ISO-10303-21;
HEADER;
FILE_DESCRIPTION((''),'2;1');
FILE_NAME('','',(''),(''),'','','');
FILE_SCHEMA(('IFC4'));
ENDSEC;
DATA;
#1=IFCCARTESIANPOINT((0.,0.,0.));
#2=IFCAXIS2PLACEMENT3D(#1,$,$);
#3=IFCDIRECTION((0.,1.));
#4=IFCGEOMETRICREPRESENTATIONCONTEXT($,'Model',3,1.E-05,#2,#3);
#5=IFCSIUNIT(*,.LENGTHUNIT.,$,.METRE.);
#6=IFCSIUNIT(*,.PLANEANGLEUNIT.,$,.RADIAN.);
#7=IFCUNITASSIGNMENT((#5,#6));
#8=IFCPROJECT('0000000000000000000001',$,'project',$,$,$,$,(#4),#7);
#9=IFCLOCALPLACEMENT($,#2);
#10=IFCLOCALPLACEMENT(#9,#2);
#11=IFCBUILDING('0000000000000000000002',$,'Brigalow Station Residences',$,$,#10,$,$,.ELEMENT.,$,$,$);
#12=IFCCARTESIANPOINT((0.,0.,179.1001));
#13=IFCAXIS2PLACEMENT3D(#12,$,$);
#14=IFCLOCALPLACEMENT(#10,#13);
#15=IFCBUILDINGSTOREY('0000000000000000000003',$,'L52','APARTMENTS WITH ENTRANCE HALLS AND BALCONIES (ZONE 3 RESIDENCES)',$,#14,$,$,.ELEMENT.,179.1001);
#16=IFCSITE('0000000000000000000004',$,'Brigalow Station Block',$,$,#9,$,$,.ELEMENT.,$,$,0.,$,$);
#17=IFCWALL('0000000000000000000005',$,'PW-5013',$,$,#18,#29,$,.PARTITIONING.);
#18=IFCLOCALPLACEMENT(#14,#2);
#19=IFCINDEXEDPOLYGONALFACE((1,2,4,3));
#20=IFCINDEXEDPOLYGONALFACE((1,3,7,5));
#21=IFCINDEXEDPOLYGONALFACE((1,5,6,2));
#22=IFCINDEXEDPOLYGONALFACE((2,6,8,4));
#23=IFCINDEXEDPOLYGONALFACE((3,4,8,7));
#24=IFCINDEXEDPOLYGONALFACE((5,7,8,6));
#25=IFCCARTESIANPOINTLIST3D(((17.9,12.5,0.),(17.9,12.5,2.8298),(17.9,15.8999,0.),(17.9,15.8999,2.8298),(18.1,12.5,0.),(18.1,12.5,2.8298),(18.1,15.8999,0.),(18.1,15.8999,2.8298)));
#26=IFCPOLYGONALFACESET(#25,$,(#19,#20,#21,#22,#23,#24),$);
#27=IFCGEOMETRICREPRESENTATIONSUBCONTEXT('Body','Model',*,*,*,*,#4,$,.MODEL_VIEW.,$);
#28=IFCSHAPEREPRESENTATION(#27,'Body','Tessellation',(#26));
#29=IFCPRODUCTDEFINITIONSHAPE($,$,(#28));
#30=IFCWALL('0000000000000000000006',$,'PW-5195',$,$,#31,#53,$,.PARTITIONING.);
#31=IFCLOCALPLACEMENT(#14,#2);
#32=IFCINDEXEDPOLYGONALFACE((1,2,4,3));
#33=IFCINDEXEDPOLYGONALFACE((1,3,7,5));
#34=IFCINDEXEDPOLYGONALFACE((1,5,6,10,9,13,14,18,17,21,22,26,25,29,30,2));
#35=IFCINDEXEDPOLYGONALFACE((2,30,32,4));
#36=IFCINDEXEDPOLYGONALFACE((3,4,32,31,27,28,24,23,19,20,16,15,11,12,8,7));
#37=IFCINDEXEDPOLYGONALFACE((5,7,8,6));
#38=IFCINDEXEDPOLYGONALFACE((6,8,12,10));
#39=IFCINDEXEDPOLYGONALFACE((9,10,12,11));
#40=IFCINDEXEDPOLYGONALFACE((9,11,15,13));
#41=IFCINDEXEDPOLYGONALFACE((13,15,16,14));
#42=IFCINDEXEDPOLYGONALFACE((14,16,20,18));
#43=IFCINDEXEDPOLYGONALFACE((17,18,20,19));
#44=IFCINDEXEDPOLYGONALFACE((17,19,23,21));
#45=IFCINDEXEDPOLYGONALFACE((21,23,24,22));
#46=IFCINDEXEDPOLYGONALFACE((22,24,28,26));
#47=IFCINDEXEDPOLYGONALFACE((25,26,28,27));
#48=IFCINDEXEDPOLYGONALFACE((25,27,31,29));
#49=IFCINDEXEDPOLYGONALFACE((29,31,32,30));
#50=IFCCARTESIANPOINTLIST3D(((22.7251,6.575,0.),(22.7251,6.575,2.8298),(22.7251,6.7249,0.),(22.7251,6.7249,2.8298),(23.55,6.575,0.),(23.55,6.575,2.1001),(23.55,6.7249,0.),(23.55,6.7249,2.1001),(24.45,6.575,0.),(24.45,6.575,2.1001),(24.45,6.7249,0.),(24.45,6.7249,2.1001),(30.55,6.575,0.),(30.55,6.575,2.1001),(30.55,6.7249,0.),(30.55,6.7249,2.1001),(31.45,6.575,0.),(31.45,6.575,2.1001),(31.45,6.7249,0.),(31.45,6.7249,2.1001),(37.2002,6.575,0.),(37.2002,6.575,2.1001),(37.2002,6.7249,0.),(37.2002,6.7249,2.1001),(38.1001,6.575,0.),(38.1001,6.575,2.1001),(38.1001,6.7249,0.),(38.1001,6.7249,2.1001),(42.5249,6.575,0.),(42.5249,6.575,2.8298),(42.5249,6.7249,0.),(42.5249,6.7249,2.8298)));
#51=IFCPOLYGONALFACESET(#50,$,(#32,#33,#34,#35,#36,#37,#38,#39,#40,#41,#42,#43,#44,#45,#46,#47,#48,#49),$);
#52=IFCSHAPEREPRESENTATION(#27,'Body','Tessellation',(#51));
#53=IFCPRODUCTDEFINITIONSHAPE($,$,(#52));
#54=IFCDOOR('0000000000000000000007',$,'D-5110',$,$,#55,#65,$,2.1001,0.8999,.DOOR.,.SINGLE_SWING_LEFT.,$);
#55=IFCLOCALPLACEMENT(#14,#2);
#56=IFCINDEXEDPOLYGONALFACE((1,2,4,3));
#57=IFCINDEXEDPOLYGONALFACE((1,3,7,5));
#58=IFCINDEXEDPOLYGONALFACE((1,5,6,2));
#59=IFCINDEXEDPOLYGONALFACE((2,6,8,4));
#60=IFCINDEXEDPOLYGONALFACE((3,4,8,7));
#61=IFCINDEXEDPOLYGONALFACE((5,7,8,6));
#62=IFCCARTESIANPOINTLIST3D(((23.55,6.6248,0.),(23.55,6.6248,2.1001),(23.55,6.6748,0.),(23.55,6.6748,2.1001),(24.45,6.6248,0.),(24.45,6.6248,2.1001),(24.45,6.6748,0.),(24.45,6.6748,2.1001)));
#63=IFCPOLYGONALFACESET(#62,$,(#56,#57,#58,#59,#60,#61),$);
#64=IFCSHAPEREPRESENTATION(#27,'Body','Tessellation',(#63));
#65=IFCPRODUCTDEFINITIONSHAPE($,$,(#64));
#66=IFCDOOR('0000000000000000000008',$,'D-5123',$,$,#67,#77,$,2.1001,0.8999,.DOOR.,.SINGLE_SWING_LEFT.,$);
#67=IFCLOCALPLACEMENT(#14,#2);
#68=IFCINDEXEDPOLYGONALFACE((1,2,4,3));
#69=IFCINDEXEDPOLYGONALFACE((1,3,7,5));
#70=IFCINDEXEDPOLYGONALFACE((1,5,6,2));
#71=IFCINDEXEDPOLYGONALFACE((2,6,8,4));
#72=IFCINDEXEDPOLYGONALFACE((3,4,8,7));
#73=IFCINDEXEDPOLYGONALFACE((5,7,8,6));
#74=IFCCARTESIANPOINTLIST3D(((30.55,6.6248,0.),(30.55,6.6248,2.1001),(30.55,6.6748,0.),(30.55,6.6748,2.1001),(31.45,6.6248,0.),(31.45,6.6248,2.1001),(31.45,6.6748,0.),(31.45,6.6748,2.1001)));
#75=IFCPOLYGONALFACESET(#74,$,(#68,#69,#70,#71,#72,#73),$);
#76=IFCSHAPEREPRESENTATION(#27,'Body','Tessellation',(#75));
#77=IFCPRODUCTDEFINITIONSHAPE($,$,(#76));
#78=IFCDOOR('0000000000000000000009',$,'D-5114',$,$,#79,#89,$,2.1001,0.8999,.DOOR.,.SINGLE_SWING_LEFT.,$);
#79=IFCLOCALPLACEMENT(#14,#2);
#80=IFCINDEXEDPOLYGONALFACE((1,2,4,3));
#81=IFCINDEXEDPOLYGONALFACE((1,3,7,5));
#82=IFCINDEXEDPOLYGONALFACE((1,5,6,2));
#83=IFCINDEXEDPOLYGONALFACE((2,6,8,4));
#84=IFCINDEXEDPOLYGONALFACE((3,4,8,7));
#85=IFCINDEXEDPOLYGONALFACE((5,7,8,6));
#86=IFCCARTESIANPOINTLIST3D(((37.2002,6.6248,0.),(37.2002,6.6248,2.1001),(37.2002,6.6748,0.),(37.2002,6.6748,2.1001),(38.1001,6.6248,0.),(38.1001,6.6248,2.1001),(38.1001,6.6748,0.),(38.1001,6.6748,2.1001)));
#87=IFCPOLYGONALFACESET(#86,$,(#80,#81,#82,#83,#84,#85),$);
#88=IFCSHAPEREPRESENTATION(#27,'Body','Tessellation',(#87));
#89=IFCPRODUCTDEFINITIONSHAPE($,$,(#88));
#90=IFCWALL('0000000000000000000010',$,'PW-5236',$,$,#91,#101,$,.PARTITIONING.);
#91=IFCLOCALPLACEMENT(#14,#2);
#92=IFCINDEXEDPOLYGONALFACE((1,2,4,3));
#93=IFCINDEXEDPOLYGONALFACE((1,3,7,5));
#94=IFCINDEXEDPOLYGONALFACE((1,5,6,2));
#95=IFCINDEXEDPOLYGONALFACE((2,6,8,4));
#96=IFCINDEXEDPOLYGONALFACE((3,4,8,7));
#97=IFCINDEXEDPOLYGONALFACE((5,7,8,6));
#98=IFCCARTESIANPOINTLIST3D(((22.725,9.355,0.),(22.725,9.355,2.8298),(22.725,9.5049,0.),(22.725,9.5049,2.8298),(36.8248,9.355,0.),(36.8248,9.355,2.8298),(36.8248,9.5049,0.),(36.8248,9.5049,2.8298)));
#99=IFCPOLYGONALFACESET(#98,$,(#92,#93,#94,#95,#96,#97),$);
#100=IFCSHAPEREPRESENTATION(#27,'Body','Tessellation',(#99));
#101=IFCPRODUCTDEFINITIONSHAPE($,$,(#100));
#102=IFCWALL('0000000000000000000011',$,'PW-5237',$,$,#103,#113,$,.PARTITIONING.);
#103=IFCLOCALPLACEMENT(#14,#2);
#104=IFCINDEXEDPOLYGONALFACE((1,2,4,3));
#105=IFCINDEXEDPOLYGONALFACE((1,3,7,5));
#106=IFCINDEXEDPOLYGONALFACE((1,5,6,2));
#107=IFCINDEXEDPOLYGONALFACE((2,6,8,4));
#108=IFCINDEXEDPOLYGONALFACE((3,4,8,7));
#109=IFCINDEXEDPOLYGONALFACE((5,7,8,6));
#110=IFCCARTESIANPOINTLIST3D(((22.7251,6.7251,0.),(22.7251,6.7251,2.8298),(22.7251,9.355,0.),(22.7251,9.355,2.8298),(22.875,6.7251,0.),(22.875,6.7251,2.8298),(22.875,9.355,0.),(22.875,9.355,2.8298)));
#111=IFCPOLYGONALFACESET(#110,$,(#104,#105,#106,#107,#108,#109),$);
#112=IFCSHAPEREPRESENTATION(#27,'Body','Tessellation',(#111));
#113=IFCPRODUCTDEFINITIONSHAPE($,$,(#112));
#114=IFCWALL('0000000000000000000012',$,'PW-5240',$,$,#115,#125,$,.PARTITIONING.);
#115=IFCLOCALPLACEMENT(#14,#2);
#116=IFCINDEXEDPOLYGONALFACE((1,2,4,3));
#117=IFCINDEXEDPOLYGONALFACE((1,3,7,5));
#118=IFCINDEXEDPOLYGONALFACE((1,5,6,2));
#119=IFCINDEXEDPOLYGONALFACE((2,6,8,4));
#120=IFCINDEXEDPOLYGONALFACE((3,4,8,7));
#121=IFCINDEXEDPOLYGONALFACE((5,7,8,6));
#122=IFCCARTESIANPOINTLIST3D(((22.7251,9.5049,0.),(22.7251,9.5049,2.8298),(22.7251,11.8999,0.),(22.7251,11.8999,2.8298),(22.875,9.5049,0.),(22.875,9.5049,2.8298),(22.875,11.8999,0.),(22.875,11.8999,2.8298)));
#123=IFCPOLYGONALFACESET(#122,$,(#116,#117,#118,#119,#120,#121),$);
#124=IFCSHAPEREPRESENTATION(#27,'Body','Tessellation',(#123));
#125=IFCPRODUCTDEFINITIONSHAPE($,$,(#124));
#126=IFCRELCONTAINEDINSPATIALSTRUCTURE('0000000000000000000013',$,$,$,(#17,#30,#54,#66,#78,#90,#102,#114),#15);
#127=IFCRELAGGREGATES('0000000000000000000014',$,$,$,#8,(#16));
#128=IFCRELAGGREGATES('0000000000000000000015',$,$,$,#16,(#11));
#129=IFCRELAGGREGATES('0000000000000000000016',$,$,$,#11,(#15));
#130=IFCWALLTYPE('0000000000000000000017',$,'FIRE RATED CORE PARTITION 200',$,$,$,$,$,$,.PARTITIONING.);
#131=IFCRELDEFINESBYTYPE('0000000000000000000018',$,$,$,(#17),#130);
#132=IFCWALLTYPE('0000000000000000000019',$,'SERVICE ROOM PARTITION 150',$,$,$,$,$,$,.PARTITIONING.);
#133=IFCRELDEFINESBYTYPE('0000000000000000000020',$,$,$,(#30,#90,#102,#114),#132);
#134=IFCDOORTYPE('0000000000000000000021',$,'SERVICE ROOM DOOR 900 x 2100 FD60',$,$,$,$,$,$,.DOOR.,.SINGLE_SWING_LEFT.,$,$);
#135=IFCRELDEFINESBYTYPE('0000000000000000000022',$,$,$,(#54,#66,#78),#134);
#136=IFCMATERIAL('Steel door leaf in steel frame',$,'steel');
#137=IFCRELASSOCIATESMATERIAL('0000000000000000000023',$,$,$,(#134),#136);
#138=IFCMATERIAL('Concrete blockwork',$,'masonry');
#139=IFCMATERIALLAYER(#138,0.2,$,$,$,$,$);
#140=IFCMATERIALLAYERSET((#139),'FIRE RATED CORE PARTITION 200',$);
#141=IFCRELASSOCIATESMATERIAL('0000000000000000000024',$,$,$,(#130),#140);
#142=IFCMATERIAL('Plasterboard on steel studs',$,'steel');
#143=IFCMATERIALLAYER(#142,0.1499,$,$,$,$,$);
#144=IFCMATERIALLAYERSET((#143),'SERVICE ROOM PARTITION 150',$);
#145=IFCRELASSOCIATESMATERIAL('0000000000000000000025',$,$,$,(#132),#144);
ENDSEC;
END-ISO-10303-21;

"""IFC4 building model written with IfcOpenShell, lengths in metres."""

from ifc_helpers import new_model, si_unit, direction, frame, frame_2d, origin, place, context, subcontext, project, spatial, rectangle, extrude, material, layer, layer_set, type_object, element, fill, save


model = new_model("IFC4")

# Units and contexts
model_context = context("Model", 3, precision=1e-05, world=origin(), true_north=direction((0.0, 1.0)))
body_context = subcontext(model_context, "Body", "Model", "MODEL_VIEW")
ifc_project = project(units=[si_unit("LENGTHUNIT", "METRE"), si_unit("PLANEANGLEUNIT", "RADIAN")], contexts=[model_context])

# Site, building, storey
site_placement = place(None, origin())
site = spatial("IfcSite", under=ifc_project, at=site_placement, Name="Brigalow Station Block", CompositionType="ELEMENT", RefElevation=0.0)
building_placement = place(site_placement, origin())
building = spatial("IfcBuilding", under=site, at=building_placement, Name="Brigalow Station Residences", CompositionType="ELEMENT")
storey_placement = place(building_placement, frame((0.0, 0.0, 179.1001)))
storey = spatial("IfcBuildingStorey", under=building, at=storey_placement, Name="L52", Description="APARTMENTS WITH ENTRANCE HALLS AND BALCONIES (ZONE 3 RESIDENCES)", CompositionType="ELEMENT", Elevation=179.1001)

# Shared definitions
ifc_material_1 = material(Name="Steel door leaf in steel frame", Category="steel")
door_type_1 = type_object("IfcDoorType", Name="SERVICE ROOM DOOR 900 x 2100 FD60", OperationType="SINGLE_SWING_LEFT", PredefinedType="DOOR", material=ifc_material_1)

# Wall
ifc_material_2 = material(Name="Concrete blockwork", Category="masonry")
ifc_layer_1 = layer(ifc_material_2, 0.2)
ifc_layer_set_1 = layer_set([ifc_layer_1], Name="FIRE RATED CORE PARTITION 200")
wall_type_1 = type_object("IfcWallType", Name="FIRE RATED CORE PARTITION 200", PredefinedType="PARTITIONING", material=ifc_layer_set_1)
wall_1_placement = place(storey_placement, frame((18.0, 12.5, 0.0), z_axis=(0.0, 0.0, 1.0), x_axis=(0.0, 1.0, 0.0)))
element("IfcWall", 1, at=wall_1_placement, inside=storey, type_object=wall_type_1, Name="PW-5013", PredefinedType="PARTITIONING", context=body_context, shape_type="SweptSolid", body=[
    extrude(rectangle(XDim=3.3999, YDim=0.2, at=frame_2d((1.7, 0.0))), origin(), (0.0, 0.0, 1.0), 2.8298),
])

# Wall, openings, doors
ifc_material_3 = material(Name="Plasterboard on steel studs", Category="steel")
ifc_layer_2 = layer(ifc_material_3, 0.1499)
ifc_layer_set_2 = layer_set([ifc_layer_2], Name="SERVICE ROOM PARTITION 150")
wall_type_2 = type_object("IfcWallType", Name="SERVICE ROOM PARTITION 150", PredefinedType="PARTITIONING", material=ifc_layer_set_2)
wall_2_placement = place(storey_placement, frame((22.7251, 6.6499, 0.0), z_axis=(0.0, 0.0, 1.0), x_axis=(1.0, 0.0, 0.0)))
wall_2 = element("IfcWall", 2, at=wall_2_placement, inside=storey, type_object=wall_type_2, Name="PW-5195", PredefinedType="PARTITIONING", context=body_context, shape_type="SweptSolid", body=[
    extrude(rectangle(XDim=19.7998, YDim=0.1499, at=frame_2d((9.8999, 0.0))), origin(), (0.0, 0.0, 1.0), 2.8298),
])
opening_1_placement = place(wall_2_placement, frame((0.825, 0.0, 0.0)))
opening_1 = element("IfcOpeningElement", 3, at=opening_1_placement, cuts=wall_2, PredefinedType="OPENING", context=body_context, shape_type="SweptSolid", body=[
    extrude(rectangle(XDim=0.8999, YDim=2.1001, at=frame_2d((0.45, 1.05))), frame((0.0, 0.085, 0.0), z_axis=(0.0, -1.0, 0.0), x_axis=(1.0, 0.0, 0.0)), (0.0, 0.0, 1.0), 0.1699),
])
opening_2_placement = place(wall_2_placement, frame((7.825, 0.0, 0.0)))
opening_2 = element("IfcOpeningElement", 4, at=opening_2_placement, cuts=wall_2, PredefinedType="OPENING", context=body_context, shape_type="SweptSolid", body=[
    extrude(rectangle(XDim=0.8999, YDim=2.1001, at=frame_2d((0.45, 1.05))), frame((0.0, 0.085, 0.0), z_axis=(0.0, -1.0, 0.0), x_axis=(1.0, 0.0, 0.0)), (0.0, 0.0, 1.0), 0.1699),
])
opening_3_placement = place(wall_2_placement, frame((14.4751, 0.0, 0.0)))
opening_3 = element("IfcOpeningElement", 5, at=opening_3_placement, cuts=wall_2, PredefinedType="OPENING", context=body_context, shape_type="SweptSolid", body=[
    extrude(rectangle(XDim=0.8999, YDim=2.1001, at=frame_2d((0.45, 1.05))), frame((0.0, 0.085, 0.0), z_axis=(0.0, -1.0, 0.0), x_axis=(1.0, 0.0, 0.0)), (0.0, 0.0, 1.0), 0.1699),
])
door_1_placement = place(opening_1_placement, origin())
door_1 = element("IfcDoor", 6, at=door_1_placement, inside=storey, type_object=door_type_1, Name="D-5110", OperationType="SINGLE_SWING_LEFT", OverallHeight=2.1001, OverallWidth=0.8999, PredefinedType="DOOR", context=body_context, shape_type="SweptSolid", body=[
    extrude(rectangle(XDim=0.8999, YDim=2.1001, at=frame_2d((0.45, 1.05))), frame((0.0, 0.0249, 0.0), z_axis=(0.0, -1.0, 0.0), x_axis=(1.0, 0.0, 0.0)), (0.0, 0.0, 1.0), 0.05),
])
fill(opening_1, door_1)
door_2_placement = place(opening_2_placement, origin())
door_2 = element("IfcDoor", 7, at=door_2_placement, inside=storey, type_object=door_type_1, Name="D-5123", OperationType="SINGLE_SWING_LEFT", OverallHeight=2.1001, OverallWidth=0.8999, PredefinedType="DOOR", context=body_context, shape_type="SweptSolid", body=[
    extrude(rectangle(XDim=0.8999, YDim=2.1001, at=frame_2d((0.45, 1.05))), frame((0.0, 0.0249, 0.0), z_axis=(0.0, -1.0, 0.0), x_axis=(1.0, 0.0, 0.0)), (0.0, 0.0, 1.0), 0.05),
])
fill(opening_2, door_2)
door_3_placement = place(opening_3_placement, origin())
door_3 = element("IfcDoor", 8, at=door_3_placement, inside=storey, type_object=door_type_1, Name="D-5114", OperationType="SINGLE_SWING_LEFT", OverallHeight=2.1001, OverallWidth=0.8999, PredefinedType="DOOR", context=body_context, shape_type="SweptSolid", body=[
    extrude(rectangle(XDim=0.8999, YDim=2.1001, at=frame_2d((0.45, 1.05))), frame((0.0, 0.0249, 0.0), z_axis=(0.0, -1.0, 0.0), x_axis=(1.0, 0.0, 0.0)), (0.0, 0.0, 1.0), 0.05),
])
fill(opening_3, door_3)

# Walls
wall_3_placement = place(storey_placement, frame((22.7251, 9.4299, 0.0), z_axis=(0.0, 0.0, 1.0), x_axis=(1.0, 0.0, 0.0)))
element("IfcWall", 9, at=wall_3_placement, inside=storey, type_object=wall_type_2, Name="PW-5236", PredefinedType="PARTITIONING", context=body_context, shape_type="SweptSolid", body=[
    extrude(rectangle(XDim=14.0999, YDim=0.1499, at=frame_2d((7.0498, 0.0))), origin(), (0.0, 0.0, 1.0), 2.8298),
])
wall_4_placement = place(storey_placement, frame((22.8, 6.7251, 0.0), z_axis=(0.0, 0.0, 1.0), x_axis=(0.0, 1.0, 0.0)))
element("IfcWall", 10, at=wall_4_placement, inside=storey, type_object=wall_type_2, Name="PW-5237", PredefinedType="PARTITIONING", context=body_context, shape_type="SweptSolid", body=[
    extrude(rectangle(XDim=2.6299, YDim=0.1499, at=frame_2d((1.3149, 0.0))), origin(), (0.0, 0.0, 1.0), 2.8298),
])
wall_5_placement = place(storey_placement, frame((22.8, 9.5049, 0.0), z_axis=(0.0, 0.0, 1.0), x_axis=(0.0, 1.0, 0.0)))
element("IfcWall", 11, at=wall_5_placement, inside=storey, type_object=wall_type_2, Name="PW-5240", PredefinedType="PARTITIONING", context=body_context, shape_type="SweptSolid", body=[
    extrude(rectangle(XDim=2.395, YDim=0.1499, at=frame_2d((1.1975, 0.0))), origin(), (0.0, 0.0, 1.0), 2.8298),
])

save(model, "model.ifc")
